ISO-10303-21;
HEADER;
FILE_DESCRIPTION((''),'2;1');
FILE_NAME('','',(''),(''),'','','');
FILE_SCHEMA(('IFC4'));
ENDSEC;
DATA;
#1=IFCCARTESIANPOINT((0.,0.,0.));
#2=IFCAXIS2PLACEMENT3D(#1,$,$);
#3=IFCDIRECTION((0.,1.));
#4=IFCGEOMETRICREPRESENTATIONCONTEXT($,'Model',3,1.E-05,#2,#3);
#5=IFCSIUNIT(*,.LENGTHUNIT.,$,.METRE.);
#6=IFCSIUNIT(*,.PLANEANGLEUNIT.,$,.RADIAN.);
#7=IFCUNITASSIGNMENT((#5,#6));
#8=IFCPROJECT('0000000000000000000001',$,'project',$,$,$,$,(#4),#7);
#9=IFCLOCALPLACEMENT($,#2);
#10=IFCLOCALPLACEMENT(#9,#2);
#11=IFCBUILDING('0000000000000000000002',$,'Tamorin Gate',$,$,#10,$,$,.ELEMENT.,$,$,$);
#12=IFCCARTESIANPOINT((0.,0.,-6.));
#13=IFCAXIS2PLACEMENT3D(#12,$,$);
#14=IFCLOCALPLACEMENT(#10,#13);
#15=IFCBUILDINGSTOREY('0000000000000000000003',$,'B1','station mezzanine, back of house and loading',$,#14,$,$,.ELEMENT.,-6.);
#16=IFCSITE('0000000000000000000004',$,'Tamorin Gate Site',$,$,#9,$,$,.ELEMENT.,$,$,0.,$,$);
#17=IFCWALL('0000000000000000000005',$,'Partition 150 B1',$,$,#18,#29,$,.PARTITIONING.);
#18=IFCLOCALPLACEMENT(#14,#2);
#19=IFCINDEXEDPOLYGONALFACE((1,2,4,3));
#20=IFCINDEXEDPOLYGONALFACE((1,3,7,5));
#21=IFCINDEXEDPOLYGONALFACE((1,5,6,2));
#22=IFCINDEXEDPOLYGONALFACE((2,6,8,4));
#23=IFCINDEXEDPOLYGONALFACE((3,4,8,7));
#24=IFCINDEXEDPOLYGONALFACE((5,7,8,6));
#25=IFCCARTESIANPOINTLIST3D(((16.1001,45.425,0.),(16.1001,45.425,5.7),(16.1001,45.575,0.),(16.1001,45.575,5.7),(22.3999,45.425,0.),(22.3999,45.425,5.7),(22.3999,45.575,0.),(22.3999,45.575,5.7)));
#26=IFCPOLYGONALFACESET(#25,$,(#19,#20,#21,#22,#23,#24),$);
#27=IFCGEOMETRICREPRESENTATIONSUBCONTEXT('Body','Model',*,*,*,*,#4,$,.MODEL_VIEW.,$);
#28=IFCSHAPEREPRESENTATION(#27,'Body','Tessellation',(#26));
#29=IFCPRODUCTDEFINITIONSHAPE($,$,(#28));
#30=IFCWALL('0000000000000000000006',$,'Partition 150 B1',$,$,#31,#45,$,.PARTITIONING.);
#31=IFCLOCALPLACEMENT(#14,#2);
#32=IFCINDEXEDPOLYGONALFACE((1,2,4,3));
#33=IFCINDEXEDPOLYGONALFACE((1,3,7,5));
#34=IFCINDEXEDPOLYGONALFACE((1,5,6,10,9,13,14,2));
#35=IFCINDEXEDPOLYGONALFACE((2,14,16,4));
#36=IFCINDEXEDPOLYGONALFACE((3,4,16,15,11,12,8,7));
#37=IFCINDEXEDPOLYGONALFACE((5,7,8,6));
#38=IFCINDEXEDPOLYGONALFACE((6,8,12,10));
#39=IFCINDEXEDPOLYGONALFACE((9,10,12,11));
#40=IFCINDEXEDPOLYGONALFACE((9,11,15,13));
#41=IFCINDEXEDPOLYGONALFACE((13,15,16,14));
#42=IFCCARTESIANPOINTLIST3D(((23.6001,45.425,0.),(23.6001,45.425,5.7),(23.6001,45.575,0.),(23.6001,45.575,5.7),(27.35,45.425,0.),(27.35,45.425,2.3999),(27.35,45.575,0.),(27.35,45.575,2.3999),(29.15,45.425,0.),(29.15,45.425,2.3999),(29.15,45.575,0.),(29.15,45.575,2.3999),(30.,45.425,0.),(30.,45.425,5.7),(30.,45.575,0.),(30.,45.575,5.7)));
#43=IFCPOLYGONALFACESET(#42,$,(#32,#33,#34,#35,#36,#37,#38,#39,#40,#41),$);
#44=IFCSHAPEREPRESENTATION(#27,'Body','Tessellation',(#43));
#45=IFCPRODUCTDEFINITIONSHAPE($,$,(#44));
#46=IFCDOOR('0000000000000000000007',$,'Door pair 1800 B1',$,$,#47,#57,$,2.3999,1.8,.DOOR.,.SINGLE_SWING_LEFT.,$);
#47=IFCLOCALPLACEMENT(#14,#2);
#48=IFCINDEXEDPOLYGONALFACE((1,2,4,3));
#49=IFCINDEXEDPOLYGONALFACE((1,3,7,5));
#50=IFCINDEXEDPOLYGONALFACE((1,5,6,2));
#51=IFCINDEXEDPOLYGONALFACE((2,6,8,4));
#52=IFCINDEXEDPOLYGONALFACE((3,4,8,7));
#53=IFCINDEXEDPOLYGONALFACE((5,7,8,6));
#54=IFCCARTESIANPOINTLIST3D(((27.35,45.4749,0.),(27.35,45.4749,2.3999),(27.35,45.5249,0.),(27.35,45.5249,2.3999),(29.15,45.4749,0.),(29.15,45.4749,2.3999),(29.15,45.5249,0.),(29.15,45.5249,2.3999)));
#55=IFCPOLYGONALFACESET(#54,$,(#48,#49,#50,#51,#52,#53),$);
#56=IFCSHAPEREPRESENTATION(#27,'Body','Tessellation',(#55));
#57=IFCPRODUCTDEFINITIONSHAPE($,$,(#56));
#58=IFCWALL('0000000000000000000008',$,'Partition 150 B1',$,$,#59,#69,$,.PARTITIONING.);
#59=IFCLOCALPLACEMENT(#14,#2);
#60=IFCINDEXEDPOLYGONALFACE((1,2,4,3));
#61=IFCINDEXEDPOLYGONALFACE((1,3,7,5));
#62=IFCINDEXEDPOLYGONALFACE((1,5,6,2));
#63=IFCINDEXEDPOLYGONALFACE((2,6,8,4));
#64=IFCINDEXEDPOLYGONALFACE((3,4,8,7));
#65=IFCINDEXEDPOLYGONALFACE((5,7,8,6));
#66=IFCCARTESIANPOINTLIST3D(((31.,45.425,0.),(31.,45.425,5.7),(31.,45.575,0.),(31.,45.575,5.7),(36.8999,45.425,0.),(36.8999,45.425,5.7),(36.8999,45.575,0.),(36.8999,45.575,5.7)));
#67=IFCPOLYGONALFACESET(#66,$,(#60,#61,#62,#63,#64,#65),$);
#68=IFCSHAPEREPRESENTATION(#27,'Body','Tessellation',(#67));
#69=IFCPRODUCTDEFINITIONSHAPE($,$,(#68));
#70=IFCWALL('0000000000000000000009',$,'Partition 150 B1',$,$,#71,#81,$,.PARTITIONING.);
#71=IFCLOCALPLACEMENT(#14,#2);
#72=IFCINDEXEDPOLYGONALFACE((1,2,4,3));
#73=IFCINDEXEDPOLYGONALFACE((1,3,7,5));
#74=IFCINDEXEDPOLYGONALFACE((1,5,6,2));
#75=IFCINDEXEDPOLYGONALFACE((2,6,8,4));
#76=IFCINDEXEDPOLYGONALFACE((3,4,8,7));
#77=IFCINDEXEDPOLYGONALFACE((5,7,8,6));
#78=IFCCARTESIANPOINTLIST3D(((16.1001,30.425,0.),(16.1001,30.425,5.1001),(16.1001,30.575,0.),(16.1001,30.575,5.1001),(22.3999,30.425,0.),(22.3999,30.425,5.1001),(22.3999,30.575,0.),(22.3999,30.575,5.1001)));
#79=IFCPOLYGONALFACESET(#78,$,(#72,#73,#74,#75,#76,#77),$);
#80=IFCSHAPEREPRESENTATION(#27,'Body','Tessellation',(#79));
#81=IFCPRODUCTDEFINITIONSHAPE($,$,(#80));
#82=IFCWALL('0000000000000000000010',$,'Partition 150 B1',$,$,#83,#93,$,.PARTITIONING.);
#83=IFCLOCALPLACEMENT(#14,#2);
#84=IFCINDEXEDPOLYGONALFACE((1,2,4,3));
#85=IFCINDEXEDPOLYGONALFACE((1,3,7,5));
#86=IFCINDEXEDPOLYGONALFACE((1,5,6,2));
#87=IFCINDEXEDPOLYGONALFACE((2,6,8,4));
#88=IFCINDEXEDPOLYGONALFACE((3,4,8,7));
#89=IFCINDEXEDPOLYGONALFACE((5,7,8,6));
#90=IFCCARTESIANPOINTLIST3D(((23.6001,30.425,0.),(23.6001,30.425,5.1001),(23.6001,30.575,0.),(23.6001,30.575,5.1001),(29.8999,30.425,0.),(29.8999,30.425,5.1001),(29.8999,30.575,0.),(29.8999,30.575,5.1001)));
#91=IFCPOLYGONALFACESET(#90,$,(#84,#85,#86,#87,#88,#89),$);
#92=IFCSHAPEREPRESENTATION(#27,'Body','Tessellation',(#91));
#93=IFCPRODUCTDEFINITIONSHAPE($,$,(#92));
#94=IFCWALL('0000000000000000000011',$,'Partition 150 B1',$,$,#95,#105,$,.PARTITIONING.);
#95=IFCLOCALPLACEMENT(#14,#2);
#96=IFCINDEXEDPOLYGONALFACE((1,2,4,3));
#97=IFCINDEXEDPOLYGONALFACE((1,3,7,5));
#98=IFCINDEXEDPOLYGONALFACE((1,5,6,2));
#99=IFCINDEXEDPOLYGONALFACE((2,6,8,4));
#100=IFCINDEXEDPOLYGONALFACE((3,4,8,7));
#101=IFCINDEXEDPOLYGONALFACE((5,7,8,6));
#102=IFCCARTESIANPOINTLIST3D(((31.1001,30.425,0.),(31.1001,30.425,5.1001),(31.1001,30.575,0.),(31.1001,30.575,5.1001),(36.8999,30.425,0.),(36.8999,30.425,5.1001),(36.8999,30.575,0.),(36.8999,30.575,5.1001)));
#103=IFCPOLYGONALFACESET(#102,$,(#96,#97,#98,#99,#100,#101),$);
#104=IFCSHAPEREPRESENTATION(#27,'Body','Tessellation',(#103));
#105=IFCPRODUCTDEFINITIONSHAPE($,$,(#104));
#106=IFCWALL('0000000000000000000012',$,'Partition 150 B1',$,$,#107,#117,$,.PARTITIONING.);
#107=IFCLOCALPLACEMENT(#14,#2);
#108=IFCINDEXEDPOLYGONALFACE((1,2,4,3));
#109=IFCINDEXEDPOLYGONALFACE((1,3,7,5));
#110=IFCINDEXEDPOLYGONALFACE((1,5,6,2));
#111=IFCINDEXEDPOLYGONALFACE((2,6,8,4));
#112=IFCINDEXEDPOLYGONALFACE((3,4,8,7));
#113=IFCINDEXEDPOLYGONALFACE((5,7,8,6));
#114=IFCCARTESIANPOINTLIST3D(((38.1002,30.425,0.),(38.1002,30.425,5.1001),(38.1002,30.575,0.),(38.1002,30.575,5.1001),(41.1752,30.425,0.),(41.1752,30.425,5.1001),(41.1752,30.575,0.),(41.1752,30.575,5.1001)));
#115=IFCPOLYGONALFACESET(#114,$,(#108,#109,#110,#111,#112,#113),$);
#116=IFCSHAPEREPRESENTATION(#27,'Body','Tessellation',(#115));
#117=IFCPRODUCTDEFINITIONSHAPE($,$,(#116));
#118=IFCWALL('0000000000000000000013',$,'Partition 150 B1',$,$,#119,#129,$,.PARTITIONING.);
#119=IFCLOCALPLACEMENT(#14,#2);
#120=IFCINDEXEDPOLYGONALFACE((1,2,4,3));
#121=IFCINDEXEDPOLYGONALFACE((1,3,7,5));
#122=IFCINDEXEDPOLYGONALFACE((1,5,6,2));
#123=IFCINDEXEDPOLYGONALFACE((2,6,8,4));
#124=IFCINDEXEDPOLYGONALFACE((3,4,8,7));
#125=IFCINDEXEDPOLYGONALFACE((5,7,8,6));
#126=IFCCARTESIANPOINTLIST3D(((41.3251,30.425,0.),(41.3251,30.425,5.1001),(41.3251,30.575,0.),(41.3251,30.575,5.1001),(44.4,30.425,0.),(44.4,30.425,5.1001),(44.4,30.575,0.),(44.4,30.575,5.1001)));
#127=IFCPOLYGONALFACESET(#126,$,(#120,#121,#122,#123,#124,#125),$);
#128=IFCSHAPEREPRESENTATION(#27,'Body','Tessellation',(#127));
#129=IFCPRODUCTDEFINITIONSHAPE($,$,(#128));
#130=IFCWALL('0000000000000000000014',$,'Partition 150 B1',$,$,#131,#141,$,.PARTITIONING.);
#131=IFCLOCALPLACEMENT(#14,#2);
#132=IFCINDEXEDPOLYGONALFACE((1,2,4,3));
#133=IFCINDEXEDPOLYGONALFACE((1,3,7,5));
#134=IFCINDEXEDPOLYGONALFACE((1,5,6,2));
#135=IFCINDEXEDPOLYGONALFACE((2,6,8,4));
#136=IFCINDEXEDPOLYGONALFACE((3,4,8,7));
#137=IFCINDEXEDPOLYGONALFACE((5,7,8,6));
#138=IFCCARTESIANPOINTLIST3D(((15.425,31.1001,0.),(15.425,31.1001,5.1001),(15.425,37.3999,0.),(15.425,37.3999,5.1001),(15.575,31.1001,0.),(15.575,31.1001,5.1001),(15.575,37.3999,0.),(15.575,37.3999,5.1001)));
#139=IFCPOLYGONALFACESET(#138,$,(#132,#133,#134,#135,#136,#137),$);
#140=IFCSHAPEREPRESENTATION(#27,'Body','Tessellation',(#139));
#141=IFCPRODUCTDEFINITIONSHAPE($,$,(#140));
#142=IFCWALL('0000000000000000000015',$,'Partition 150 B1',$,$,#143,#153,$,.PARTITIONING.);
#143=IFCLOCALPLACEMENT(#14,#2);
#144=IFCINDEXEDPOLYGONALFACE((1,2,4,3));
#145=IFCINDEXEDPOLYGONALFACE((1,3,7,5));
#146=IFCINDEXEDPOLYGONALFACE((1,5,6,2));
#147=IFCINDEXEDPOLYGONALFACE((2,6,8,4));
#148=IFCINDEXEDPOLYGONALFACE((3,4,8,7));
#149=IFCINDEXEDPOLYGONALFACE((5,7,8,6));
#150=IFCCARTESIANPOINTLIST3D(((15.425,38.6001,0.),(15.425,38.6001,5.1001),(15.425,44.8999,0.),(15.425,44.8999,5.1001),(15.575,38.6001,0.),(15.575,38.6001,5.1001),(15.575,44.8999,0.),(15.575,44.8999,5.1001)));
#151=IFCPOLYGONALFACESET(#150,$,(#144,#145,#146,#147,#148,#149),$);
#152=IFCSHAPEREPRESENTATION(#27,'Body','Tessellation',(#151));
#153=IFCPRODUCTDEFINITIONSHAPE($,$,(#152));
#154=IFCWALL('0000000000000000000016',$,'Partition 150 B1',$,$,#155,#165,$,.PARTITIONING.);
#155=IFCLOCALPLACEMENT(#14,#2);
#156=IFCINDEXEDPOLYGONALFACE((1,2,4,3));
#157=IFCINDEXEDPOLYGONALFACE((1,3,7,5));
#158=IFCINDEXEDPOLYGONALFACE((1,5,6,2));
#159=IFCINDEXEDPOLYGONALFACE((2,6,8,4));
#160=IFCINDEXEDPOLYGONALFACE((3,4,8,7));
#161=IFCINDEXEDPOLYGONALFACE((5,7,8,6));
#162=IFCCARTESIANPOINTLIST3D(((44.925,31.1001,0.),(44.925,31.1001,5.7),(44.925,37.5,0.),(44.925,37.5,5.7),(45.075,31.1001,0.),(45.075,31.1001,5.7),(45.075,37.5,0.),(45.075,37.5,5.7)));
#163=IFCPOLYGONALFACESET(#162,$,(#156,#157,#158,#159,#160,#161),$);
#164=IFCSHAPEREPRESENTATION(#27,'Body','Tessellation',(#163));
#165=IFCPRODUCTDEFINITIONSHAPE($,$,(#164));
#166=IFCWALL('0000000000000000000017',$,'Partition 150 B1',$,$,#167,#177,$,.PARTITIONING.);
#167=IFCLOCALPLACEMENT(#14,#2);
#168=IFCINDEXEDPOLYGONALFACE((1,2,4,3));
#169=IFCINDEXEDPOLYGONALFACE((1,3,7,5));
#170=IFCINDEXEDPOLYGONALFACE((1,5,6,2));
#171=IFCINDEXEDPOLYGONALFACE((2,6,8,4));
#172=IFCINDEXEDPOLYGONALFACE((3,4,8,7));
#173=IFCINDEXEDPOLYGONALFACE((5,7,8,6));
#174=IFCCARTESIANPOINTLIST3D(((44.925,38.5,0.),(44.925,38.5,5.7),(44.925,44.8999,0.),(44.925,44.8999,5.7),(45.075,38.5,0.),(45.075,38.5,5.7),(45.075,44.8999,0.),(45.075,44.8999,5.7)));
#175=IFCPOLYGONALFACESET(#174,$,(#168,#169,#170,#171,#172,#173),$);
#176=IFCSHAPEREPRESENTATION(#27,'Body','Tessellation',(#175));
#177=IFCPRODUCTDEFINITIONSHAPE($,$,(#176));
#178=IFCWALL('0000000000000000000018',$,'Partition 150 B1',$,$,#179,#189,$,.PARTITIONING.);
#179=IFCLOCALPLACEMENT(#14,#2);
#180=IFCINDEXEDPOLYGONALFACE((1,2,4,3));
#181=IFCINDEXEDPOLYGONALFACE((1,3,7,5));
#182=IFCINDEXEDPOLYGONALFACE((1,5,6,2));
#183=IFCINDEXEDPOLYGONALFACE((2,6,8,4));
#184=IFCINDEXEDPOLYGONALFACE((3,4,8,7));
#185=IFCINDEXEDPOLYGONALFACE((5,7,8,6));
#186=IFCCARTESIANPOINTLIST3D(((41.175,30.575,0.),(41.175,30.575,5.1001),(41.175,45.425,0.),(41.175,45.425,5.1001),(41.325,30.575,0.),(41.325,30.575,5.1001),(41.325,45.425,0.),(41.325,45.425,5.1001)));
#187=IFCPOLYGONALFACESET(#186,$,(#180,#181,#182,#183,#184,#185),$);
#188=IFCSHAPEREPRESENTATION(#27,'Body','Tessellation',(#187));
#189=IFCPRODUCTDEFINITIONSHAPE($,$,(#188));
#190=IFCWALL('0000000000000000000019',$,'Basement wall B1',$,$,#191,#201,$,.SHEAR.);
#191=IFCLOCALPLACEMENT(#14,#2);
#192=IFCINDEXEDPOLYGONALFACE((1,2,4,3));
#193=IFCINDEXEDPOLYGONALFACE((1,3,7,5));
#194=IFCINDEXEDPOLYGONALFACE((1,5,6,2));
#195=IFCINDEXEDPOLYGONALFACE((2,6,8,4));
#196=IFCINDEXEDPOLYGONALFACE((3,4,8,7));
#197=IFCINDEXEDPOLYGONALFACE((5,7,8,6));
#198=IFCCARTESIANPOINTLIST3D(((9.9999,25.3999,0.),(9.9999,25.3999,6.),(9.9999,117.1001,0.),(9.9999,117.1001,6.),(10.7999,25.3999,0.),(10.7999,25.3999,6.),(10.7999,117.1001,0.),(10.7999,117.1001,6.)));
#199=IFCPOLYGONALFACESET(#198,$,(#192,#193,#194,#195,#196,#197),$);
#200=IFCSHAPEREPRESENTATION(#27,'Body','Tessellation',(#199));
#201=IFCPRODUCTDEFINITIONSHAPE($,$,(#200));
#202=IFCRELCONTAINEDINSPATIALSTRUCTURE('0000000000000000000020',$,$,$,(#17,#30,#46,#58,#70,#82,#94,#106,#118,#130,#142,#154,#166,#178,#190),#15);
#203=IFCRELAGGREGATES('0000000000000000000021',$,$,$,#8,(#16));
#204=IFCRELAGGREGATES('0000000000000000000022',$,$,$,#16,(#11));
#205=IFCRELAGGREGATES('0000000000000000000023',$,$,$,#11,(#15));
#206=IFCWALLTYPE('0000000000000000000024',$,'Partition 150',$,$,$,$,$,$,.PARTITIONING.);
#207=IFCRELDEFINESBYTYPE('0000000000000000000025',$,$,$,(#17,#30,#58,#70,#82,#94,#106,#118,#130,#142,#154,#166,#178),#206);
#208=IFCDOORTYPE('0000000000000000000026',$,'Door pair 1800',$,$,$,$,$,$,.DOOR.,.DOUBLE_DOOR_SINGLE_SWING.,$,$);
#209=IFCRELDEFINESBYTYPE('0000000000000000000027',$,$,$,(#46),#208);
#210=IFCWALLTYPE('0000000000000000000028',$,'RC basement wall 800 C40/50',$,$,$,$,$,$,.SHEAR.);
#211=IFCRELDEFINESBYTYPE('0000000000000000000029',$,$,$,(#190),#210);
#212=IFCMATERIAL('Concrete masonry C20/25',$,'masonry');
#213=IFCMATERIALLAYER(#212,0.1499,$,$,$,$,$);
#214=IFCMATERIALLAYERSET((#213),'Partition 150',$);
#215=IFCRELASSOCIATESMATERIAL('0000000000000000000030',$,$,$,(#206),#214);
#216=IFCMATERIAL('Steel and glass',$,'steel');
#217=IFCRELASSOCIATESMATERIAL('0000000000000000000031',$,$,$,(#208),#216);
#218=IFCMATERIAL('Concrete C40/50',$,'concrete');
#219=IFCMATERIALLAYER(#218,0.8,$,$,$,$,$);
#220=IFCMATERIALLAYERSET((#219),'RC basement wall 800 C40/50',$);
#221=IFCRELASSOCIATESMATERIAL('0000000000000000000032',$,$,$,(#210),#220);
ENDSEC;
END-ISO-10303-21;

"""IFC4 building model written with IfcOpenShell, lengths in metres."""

from ifc_helpers import new_model, si_unit, direction, frame, frame_2d, origin, place, context, subcontext, project, spatial, rectangle, extrude, material, layer, layer_set, type_object, element, fill, save


model = new_model("IFC4")

# Units and contexts
model_context = context("Model", 3, precision=1e-05, world=origin(), true_north=direction((0.0, 1.0)))
body_context = subcontext(model_context, "Body", "Model", "MODEL_VIEW")
ifc_project = project(units=[si_unit("LENGTHUNIT", "METRE"), si_unit("PLANEANGLEUNIT", "RADIAN")], contexts=[model_context])

# Site, building, storey
site_placement = place(None, origin())
site = spatial("IfcSite", under=ifc_project, at=site_placement, Name="Tamorin Gate Site", CompositionType="ELEMENT", RefElevation=0.0)
building_placement = place(site_placement, origin())
building = spatial("IfcBuilding", under=site, at=building_placement, Name="Tamorin Gate", CompositionType="ELEMENT")
storey_placement = place(building_placement, frame((0.0, 0.0, -6.0)))
storey = spatial("IfcBuildingStorey", under=building, at=storey_placement, Name="B1", Description="station mezzanine, back of house and loading", CompositionType="ELEMENT", Elevation=-6.0)

# Shared definitions
ifc_material_1 = material(Name="Concrete C40/50", Category="concrete")

# Wall
ifc_material_2 = material(Name="Concrete masonry C20/25", Category="masonry")
ifc_layer_1 = layer(ifc_material_2, 0.1499)
ifc_layer_set_1 = layer_set([ifc_layer_1], Name="Partition 150")
wall_type_1 = type_object("IfcWallType", Name="Partition 150", PredefinedType="PARTITIONING", material=ifc_layer_set_1)
wall_1_placement = place(storey_placement, frame((16.1001, 45.5, 0.0), z_axis=(0.0, 0.0, 1.0), x_axis=(1.0, 0.0, 0.0)))
element("IfcWall", 1, at=wall_1_placement, inside=storey, type_object=wall_type_1, Name="Partition 150 B1", PredefinedType="PARTITIONING", context=body_context, shape_type="SweptSolid", body=[
    extrude(rectangle(XDim=6.2998, YDim=0.1499, at=frame_2d((3.1499, 0.0))), origin(), (0.0, 0.0, 1.0), 5.7),
])

# Wall, opening, door
wall_2_placement = place(storey_placement, frame((23.6001, 45.5, 0.0), z_axis=(0.0, 0.0, 1.0), x_axis=(1.0, 0.0, 0.0)))
wall_2 = element("IfcWall", 2, at=wall_2_placement, inside=storey, type_object=wall_type_1, Name="Partition 150 B1", PredefinedType="PARTITIONING", context=body_context, shape_type="SweptSolid", body=[
    extrude(rectangle(XDim=6.3999, YDim=0.1499, at=frame_2d((3.2, 0.0))), origin(), (0.0, 0.0, 1.0), 5.7),
])
opening_placement = place(wall_2_placement, frame((3.75, 0.0, 0.0)))
opening = element("IfcOpeningElement", 3, at=opening_placement, cuts=wall_2, PredefinedType="OPENING", context=body_context, shape_type="SweptSolid", body=[
    extrude(rectangle(XDim=1.8, YDim=2.3999, at=frame_2d((0.8999, 1.2))), frame((0.0, 0.085, 0.0), z_axis=(0.0, -1.0, 0.0), x_axis=(1.0, 0.0, 0.0)), (0.0, 0.0, 1.0), 0.1699),
])
ifc_material_3 = material(Name="Steel and glass", Category="steel")
door_type = type_object("IfcDoorType", Name="Door pair 1800", OperationType="DOUBLE_DOOR_SINGLE_SWING", PredefinedType="DOOR", material=ifc_material_3)
door_placement = place(opening_placement, origin())
door = element("IfcDoor", 4, at=door_placement, inside=storey, type_object=door_type, Name="Door pair 1800 B1", OperationType="SINGLE_SWING_LEFT", OverallHeight=2.3999, OverallWidth=1.8, PredefinedType="DOOR", context=body_context, shape_type="SweptSolid", body=[
    extrude(rectangle(XDim=1.8, YDim=2.3999, at=frame_2d((0.8999, 1.2))), frame((0.0, 0.0249, 0.0), z_axis=(0.0, -1.0, 0.0), x_axis=(1.0, 0.0, 0.0)), (0.0, 0.0, 1.0), 0.05),
])
fill(opening, door)

# Walls
wall_3_placement = place(storey_placement, frame((31.0, 45.5, 0.0), z_axis=(0.0, 0.0, 1.0), x_axis=(1.0, 0.0, 0.0)))
element("IfcWall", 5, at=wall_3_placement, inside=storey, type_object=wall_type_1, Name="Partition 150 B1", PredefinedType="PARTITIONING", context=body_context, shape_type="SweptSolid", body=[
    extrude(rectangle(XDim=5.8999, YDim=0.1499, at=frame_2d((2.95, 0.0))), origin(), (0.0, 0.0, 1.0), 5.7),
])
for number, where, z_axis, x_axis, name in (
    (6, (16.1001, 30.5, 0.0), (0.0, 0.0, 1.0), (1.0, 0.0, 0.0), "Partition 150 B1"),
    (7, (23.6001, 30.5, 0.0), (0.0, 0.0, 1.0), (1.0, 0.0, 0.0), "Partition 150 B1"),
):
    element("IfcWall", number, at=place(storey_placement, frame(where, z_axis=z_axis, x_axis=x_axis)), inside=storey, type_object=wall_type_1, Name=name, PredefinedType="PARTITIONING", context=body_context, shape_type="SweptSolid", body=[
        extrude(rectangle(XDim=6.2998, YDim=0.1499, at=frame_2d((3.1499, 0.0))), origin(), (0.0, 0.0, 1.0), 5.1001),
    ])
wall_4_placement = place(storey_placement, frame((31.1001, 30.5, 0.0), z_axis=(0.0, 0.0, 1.0), x_axis=(1.0, 0.0, 0.0)))
element("IfcWall", 8, at=wall_4_placement, inside=storey, type_object=wall_type_1, Name="Partition 150 B1", PredefinedType="PARTITIONING", context=body_context, shape_type="SweptSolid", body=[
    extrude(rectangle(XDim=5.7998, YDim=0.1499, at=frame_2d((2.8999, 0.0))), origin(), (0.0, 0.0, 1.0), 5.1001),
])
for number, where, z_axis, x_axis, name in (
    (9, (38.1001, 30.5, 0.0), (0.0, 0.0, 1.0), (1.0, 0.0, 0.0), "Partition 150 B1"),
    (10, (41.325, 30.5, 0.0), (0.0, 0.0, 1.0), (1.0, 0.0, 0.0), "Partition 150 B1"),
):
    element("IfcWall", number, at=place(storey_placement, frame(where, z_axis=z_axis, x_axis=x_axis)), inside=storey, type_object=wall_type_1, Name=name, PredefinedType="PARTITIONING", context=body_context, shape_type="SweptSolid", body=[
        extrude(rectangle(XDim=3.075, YDim=0.1499, at=frame_2d((1.5376, 0.0))), origin(), (0.0, 0.0, 1.0), 5.1001),
    ])
for number, where, z_axis, x_axis, name in (
    (11, (15.5, 31.1001, 0.0), (0.0, 0.0, 1.0), (0.0, 1.0, 0.0), "Partition 150 B1"),
    (12, (15.5, 38.6001, 0.0), (0.0, 0.0, 1.0), (0.0, 1.0, 0.0), "Partition 150 B1"),
):
    element("IfcWall", number, at=place(storey_placement, frame(where, z_axis=z_axis, x_axis=x_axis)), inside=storey, type_object=wall_type_1, Name=name, PredefinedType="PARTITIONING", context=body_context, shape_type="SweptSolid", body=[
        extrude(rectangle(XDim=6.2998, YDim=0.1499, at=frame_2d((3.1499, 0.0))), origin(), (0.0, 0.0, 1.0), 5.1001),
    ])
for number, where, z_axis, x_axis, name in (
    (13, (45.0, 31.1001, 0.0), (0.0, 0.0, 1.0), (0.0, 1.0, 0.0), "Partition 150 B1"),
    (14, (45.0, 38.5, 0.0), (0.0, 0.0, 1.0), (0.0, 1.0, 0.0), "Partition 150 B1"),
):
    element("IfcWall", number, at=place(storey_placement, frame(where, z_axis=z_axis, x_axis=x_axis)), inside=storey, type_object=wall_type_1, Name=name, PredefinedType="PARTITIONING", context=body_context, shape_type="SweptSolid", body=[
        extrude(rectangle(XDim=6.3999, YDim=0.1499, at=frame_2d((3.2, 0.0))), origin(), (0.0, 0.0, 1.0), 5.7),
    ])
wall_5_placement = place(storey_placement, frame((41.25, 30.575, 0.0), z_axis=(0.0, 0.0, 1.0), x_axis=(0.0, 1.0, 0.0)))
element("IfcWall", 15, at=wall_5_placement, inside=storey, type_object=wall_type_1, Name="Partition 150 B1", PredefinedType="PARTITIONING", context=body_context, shape_type="SweptSolid", body=[
    extrude(rectangle(XDim=14.8501, YDim=0.1499, at=frame_2d((7.425, 0.0))), origin(), (0.0, 0.0, 1.0), 5.1001),
])
ifc_layer_2 = layer(ifc_material_1, 0.8)
ifc_layer_set_2 = layer_set([ifc_layer_2], Name="RC basement wall 800 C40/50")
wall_type_2 = type_object("IfcWallType", Name="RC basement wall 800 C40/50", PredefinedType="SHEAR", material=ifc_layer_set_2)
wall_6_placement = place(storey_placement, frame((10.3999, 25.3999, 0.0), z_axis=(0.0, 0.0, 1.0), x_axis=(0.0, 1.0, 0.0)))
element("IfcWall", 16, at=wall_6_placement, inside=storey, type_object=wall_type_2, Name="Basement wall B1", PredefinedType="SHEAR", context=body_context, shape_type="SweptSolid", body=[
    extrude(rectangle(XDim=91.7002, YDim=0.8, at=frame_2d((45.8501, 0.0))), origin(), (0.0, 0.0, 1.0), 6.0),
])

save(model, "model.ifc")
